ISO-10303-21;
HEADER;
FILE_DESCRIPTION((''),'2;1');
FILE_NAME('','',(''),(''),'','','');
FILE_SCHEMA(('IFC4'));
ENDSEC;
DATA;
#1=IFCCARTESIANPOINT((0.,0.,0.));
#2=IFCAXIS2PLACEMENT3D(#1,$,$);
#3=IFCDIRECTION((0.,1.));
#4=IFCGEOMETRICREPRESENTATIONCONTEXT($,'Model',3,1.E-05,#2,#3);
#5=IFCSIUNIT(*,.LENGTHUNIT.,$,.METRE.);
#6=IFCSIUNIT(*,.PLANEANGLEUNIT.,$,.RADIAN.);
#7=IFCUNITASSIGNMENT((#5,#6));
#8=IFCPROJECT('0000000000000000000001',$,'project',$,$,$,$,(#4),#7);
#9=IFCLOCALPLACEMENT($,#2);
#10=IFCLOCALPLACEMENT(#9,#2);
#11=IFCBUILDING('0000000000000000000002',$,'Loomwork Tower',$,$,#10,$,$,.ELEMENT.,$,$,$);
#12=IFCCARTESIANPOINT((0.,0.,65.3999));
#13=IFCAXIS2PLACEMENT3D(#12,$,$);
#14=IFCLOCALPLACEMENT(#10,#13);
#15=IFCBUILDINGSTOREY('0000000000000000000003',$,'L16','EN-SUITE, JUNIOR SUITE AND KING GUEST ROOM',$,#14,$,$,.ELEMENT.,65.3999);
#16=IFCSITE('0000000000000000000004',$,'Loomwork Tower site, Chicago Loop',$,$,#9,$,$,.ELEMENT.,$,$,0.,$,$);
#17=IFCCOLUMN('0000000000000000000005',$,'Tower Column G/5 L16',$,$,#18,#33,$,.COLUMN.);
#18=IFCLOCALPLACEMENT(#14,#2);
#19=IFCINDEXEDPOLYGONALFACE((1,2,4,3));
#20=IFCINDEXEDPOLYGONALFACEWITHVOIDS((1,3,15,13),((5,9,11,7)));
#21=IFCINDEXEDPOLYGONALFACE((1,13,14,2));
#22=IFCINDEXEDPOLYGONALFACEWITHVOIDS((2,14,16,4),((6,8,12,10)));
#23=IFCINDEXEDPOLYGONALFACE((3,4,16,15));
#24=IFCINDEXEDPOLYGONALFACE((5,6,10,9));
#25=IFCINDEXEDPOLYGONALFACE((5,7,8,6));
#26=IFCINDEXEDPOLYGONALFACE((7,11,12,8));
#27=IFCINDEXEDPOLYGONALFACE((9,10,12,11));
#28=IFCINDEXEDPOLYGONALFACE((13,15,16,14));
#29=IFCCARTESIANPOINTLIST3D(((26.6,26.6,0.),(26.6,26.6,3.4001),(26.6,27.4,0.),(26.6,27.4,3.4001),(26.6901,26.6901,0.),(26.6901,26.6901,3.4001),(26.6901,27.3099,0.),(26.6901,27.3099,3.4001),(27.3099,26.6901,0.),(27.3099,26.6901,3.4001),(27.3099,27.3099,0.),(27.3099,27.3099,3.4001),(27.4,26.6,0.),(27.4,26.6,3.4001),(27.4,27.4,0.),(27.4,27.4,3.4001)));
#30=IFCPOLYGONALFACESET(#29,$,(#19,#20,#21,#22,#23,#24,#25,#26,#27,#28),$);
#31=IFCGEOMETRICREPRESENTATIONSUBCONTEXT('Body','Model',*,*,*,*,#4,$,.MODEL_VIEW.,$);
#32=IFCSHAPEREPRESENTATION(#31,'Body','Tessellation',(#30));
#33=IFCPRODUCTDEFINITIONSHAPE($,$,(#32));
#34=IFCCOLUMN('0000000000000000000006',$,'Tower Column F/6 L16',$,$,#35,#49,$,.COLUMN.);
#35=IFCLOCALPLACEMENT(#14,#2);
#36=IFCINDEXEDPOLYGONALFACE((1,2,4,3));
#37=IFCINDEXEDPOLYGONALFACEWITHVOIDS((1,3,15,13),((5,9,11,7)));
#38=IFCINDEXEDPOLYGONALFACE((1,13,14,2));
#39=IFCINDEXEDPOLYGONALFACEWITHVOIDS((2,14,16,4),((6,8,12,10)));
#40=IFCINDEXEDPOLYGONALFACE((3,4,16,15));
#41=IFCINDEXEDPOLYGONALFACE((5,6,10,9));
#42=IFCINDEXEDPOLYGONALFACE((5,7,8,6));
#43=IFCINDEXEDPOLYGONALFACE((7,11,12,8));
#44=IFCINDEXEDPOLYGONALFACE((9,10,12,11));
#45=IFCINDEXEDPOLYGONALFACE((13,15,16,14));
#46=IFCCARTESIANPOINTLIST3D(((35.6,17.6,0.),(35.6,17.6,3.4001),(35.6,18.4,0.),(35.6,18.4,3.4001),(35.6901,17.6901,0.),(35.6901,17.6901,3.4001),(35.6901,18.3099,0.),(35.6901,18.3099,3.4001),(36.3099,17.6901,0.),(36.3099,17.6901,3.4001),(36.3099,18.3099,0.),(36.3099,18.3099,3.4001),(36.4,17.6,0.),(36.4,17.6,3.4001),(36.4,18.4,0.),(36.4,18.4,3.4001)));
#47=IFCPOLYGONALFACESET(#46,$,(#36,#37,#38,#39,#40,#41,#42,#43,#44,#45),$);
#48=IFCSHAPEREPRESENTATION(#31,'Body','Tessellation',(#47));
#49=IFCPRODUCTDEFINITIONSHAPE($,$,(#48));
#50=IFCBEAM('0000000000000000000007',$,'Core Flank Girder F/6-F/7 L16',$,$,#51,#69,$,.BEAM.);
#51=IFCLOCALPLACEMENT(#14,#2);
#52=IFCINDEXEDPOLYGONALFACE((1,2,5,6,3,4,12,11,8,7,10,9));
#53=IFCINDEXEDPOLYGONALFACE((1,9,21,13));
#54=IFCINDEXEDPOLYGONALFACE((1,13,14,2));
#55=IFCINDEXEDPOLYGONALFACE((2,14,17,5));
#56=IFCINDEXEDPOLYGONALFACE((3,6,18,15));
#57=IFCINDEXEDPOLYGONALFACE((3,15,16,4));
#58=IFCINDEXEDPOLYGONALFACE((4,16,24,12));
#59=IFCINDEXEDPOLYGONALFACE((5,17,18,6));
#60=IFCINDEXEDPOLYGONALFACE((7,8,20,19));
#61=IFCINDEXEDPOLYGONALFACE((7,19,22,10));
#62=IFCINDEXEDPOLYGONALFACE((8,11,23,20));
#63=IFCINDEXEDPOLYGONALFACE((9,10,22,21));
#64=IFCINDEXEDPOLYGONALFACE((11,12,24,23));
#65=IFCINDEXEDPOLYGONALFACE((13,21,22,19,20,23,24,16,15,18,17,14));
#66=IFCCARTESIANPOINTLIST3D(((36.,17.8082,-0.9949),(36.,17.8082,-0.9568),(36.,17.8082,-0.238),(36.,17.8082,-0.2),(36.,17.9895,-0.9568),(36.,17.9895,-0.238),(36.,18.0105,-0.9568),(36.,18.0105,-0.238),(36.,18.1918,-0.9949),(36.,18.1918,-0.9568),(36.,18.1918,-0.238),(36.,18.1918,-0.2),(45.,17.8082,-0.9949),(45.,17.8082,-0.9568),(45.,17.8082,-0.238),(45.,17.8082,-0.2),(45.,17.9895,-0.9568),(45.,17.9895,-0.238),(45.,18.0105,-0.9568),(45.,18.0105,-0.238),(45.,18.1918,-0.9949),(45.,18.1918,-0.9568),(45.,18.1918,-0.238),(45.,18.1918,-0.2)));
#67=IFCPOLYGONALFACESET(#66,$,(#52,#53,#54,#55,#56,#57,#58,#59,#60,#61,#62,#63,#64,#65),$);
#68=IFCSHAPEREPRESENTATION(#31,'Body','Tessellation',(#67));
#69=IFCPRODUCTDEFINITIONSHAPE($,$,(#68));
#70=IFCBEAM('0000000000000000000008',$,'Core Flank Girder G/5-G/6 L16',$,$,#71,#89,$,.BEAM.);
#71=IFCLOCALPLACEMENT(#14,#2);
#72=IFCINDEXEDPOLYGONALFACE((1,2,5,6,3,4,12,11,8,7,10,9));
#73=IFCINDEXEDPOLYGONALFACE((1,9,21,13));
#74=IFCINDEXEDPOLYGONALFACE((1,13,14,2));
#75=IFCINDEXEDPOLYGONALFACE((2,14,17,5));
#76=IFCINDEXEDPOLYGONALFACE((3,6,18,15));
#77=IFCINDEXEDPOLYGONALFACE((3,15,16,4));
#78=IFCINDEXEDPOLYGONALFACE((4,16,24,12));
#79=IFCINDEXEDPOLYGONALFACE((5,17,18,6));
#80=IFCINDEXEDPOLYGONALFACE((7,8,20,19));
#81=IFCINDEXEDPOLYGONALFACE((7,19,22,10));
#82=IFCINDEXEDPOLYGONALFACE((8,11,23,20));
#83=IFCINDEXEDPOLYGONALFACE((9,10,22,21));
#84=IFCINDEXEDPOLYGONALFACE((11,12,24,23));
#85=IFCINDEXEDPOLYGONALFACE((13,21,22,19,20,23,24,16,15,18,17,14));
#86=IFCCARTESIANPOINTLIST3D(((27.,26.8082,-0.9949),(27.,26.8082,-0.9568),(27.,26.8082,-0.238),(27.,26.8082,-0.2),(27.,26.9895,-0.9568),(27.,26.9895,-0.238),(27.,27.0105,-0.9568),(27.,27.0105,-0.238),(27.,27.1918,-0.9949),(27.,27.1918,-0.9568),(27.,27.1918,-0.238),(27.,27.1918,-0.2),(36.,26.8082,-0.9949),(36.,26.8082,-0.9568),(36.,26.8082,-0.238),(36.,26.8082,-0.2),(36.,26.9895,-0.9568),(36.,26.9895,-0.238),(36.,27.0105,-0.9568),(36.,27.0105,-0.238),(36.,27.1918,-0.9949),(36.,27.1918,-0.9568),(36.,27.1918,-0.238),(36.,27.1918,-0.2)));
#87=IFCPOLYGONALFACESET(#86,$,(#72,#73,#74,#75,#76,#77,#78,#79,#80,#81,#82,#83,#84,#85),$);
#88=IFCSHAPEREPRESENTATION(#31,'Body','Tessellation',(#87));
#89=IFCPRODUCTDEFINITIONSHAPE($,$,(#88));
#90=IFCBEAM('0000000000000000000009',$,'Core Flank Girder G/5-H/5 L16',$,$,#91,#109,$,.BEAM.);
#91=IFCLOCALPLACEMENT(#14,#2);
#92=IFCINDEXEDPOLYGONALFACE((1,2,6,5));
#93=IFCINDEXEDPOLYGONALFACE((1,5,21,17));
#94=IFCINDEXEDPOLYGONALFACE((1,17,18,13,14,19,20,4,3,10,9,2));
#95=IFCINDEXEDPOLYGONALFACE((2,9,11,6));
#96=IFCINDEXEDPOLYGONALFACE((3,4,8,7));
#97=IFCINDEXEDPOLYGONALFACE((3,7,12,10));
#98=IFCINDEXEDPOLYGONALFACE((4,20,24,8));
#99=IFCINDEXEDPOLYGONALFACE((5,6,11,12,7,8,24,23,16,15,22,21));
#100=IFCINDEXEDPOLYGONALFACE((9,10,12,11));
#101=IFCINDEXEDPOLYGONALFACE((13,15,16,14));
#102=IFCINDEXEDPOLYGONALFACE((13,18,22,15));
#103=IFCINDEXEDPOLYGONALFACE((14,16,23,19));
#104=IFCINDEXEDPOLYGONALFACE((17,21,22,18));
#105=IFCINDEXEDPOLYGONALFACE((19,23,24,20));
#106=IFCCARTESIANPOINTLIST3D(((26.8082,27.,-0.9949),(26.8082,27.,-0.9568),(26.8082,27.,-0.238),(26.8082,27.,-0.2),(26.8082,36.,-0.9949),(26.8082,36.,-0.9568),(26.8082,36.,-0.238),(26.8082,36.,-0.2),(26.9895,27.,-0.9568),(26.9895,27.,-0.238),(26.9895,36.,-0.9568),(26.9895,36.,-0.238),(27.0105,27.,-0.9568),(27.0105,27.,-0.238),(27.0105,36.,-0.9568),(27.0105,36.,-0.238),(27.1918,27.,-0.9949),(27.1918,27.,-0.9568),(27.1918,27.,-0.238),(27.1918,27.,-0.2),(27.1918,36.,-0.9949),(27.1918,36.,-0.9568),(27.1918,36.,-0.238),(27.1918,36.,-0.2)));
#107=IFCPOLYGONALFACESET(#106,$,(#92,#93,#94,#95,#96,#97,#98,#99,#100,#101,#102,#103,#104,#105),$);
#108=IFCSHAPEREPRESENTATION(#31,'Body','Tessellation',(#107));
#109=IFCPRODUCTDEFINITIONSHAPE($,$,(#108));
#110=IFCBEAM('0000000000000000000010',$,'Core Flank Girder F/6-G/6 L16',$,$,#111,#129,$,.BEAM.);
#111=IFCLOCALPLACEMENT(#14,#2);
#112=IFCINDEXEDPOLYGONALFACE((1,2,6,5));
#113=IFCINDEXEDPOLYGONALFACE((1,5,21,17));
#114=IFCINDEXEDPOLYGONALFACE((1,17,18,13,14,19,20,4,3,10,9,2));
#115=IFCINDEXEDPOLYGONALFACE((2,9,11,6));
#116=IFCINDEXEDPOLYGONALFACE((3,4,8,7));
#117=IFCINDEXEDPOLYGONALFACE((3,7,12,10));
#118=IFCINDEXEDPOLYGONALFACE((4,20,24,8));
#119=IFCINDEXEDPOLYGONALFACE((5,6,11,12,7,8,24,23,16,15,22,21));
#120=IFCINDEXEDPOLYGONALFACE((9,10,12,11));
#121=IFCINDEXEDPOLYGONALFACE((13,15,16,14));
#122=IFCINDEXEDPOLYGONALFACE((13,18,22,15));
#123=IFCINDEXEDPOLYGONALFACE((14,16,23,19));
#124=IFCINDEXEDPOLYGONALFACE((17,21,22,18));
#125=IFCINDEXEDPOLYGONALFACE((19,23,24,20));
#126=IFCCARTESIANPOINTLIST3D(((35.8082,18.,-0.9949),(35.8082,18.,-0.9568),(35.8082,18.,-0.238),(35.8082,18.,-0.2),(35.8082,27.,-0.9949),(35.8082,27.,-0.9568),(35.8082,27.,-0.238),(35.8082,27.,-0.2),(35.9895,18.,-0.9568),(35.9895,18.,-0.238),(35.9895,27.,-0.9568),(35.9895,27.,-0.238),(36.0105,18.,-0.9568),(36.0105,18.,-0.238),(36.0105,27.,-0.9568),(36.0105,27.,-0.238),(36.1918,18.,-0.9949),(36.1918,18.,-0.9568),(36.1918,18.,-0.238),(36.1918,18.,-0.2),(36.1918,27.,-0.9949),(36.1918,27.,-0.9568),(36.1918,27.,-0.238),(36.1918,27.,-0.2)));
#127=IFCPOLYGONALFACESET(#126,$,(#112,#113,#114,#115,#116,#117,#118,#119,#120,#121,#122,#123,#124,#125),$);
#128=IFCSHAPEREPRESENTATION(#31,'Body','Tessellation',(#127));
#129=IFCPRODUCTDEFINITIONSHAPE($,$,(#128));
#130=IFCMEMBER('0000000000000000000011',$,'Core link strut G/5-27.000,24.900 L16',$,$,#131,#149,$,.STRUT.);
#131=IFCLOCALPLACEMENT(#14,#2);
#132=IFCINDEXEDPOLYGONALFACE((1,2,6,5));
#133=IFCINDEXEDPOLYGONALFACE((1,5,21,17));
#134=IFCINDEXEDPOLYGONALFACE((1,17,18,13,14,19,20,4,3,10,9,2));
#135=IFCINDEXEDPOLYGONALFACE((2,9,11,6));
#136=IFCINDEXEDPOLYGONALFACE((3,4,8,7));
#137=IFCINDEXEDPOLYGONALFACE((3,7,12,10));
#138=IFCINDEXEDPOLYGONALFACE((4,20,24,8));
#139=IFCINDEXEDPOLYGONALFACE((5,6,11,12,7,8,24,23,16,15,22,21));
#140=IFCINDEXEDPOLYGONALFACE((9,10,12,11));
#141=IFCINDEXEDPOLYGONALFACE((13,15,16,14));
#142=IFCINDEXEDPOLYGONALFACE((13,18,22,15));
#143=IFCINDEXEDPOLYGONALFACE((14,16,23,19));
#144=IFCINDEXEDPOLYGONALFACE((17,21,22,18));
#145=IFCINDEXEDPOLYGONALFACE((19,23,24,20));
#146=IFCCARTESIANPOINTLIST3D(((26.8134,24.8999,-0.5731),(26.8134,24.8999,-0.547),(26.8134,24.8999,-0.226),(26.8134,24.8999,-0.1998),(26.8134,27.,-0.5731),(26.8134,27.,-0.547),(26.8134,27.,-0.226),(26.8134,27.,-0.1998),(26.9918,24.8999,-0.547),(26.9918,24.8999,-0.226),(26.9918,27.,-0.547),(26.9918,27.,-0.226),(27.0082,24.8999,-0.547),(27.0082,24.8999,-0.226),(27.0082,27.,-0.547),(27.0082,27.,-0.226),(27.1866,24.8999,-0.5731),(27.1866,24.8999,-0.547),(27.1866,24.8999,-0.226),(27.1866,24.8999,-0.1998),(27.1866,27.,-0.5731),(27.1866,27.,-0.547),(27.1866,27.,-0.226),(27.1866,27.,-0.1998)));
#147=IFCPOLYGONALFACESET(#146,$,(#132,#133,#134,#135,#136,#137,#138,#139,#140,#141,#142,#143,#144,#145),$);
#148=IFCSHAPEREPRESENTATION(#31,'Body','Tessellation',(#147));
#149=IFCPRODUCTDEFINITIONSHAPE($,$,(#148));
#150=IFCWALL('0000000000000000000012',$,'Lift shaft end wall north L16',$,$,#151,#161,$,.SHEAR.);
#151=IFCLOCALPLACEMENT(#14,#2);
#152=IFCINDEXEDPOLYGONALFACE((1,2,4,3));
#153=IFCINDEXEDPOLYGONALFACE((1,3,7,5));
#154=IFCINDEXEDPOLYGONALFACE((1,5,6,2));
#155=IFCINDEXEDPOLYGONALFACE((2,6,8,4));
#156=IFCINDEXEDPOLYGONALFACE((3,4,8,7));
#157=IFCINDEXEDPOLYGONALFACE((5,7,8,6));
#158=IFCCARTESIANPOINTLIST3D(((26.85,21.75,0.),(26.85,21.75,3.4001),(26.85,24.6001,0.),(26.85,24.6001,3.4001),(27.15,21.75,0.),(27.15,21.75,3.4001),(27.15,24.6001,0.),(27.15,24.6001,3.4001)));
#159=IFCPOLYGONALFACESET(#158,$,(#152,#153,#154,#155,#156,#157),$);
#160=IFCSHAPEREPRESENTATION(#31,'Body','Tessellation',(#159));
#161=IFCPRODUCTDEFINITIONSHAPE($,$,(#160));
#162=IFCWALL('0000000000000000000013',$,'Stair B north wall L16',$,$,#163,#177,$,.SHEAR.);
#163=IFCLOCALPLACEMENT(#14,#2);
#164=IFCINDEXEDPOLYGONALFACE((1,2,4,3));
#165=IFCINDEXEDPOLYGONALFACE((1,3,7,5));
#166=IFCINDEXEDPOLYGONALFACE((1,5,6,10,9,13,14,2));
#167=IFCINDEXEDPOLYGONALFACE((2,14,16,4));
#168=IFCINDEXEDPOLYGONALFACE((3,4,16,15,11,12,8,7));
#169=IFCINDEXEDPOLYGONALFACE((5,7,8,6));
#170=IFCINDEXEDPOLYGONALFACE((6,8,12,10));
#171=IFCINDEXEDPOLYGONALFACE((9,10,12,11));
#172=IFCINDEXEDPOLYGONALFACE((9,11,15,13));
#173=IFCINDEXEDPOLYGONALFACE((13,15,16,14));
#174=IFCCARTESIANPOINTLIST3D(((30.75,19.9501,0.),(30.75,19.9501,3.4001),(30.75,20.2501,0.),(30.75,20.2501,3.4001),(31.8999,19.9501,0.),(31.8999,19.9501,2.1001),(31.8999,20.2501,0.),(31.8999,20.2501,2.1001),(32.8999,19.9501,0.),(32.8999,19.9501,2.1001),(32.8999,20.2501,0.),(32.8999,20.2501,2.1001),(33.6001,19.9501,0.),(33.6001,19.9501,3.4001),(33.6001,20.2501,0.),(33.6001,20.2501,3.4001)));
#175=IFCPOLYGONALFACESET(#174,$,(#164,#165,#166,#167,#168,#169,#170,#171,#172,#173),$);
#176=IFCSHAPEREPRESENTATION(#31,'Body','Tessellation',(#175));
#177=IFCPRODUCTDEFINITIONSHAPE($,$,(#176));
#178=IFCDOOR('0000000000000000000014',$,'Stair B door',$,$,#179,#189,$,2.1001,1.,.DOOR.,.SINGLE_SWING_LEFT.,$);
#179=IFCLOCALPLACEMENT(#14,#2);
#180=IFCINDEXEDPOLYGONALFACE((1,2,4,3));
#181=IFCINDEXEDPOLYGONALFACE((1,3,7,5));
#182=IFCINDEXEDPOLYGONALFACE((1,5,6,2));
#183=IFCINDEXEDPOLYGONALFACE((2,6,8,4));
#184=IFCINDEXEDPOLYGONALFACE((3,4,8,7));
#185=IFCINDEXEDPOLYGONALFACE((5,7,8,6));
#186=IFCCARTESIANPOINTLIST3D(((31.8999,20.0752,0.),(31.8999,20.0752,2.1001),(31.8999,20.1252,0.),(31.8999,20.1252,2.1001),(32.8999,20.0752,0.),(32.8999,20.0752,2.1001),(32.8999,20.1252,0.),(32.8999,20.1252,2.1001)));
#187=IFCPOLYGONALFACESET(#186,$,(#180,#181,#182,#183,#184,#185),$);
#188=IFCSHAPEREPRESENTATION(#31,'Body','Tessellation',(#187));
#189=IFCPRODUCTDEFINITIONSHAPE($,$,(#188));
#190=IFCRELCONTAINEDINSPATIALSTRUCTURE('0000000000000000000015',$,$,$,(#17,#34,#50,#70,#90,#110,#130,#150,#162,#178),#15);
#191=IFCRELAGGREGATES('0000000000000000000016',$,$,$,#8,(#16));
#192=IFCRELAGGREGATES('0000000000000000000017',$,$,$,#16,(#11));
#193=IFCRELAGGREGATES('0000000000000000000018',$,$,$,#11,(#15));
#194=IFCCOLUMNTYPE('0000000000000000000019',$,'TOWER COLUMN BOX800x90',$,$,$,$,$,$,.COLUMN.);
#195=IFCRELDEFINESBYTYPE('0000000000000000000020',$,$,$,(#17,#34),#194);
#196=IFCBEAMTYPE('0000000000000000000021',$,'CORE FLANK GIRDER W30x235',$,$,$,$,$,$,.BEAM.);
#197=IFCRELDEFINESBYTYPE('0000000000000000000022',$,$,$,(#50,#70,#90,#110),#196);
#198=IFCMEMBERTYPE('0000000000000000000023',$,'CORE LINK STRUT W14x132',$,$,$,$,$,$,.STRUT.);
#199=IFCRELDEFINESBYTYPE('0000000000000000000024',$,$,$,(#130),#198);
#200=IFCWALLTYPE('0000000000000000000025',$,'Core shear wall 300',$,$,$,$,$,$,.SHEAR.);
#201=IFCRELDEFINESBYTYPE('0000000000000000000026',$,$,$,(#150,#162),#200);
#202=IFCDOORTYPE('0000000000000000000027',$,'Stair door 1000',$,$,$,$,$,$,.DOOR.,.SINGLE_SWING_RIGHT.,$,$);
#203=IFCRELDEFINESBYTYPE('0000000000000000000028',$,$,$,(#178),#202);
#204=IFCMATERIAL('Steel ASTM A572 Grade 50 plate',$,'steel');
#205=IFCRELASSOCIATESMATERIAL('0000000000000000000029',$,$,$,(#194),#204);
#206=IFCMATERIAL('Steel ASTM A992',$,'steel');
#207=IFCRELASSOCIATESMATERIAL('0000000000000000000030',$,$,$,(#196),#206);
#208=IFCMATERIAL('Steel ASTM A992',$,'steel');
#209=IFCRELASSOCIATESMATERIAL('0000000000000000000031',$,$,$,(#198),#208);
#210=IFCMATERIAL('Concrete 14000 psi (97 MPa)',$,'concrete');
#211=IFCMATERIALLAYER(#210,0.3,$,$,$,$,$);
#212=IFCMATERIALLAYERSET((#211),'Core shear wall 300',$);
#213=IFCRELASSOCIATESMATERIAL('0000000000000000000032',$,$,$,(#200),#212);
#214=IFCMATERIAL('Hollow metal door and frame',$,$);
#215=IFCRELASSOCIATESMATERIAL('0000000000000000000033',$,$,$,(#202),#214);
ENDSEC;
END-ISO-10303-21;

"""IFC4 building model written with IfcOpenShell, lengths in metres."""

from ifc_helpers import new_model, si_unit, direction, frame, frame_2d, origin, origin_2d, place, context, subcontext, project, spatial, rectangle, hollow_rectangle, i_section, extrude, material, layer, layer_set, material_profile, profile_set, type_object, element, fill, save


model = new_model("IFC4")

# Units and contexts
model_context = context("Model", 3, precision=1e-05, world=origin(), true_north=direction((0.0, 1.0)))
body_context = subcontext(model_context, "Body", "Model", "MODEL_VIEW")
ifc_project = project(units=[si_unit("LENGTHUNIT", "METRE"), si_unit("PLANEANGLEUNIT", "RADIAN")], contexts=[model_context])

# Site, building, storey
site_placement = place(None, origin())
site = spatial("IfcSite", under=ifc_project, at=site_placement, Name="Loomwork Tower site, Chicago Loop", CompositionType="ELEMENT", RefElevation=0.0)
building_placement = place(site_placement, origin())
building = spatial("IfcBuilding", under=site, at=building_placement, Name="Loomwork Tower", CompositionType="ELEMENT")
storey_placement = place(building_placement, frame((0.0, 0.0, 65.3999)))
storey = spatial("IfcBuildingStorey", under=building, at=storey_placement, Name="L16", Description="EN-SUITE, JUNIOR SUITE AND KING GUEST ROOM", CompositionType="ELEMENT", Elevation=65.3999)

# Columns
ifc_material_1 = material(Name="Steel ASTM A572 Grade 50 plate", Category="steel")
ifc_material_profile_1 = material_profile(ifc_material_1, hollow_rectangle(XDim=0.8, YDim=0.8, WallThickness=0.0901, at=origin_2d()), Name="BOX800x90")
ifc_profile_set_1 = profile_set([ifc_material_profile_1], Name="Steel ASTM A572 Grade 50 plate")
column_type = type_object("IfcColumnType", Name="TOWER COLUMN BOX800x90", PredefinedType="COLUMN", material=ifc_profile_set_1)
for number, where, z_axis, x_axis, name in (
    (1, (27.0, 27.0, 0.0), (0.0, 0.0, 1.0), (1.0, 0.0, 0.0), "Tower Column G/5 L16"),
    (2, (36.0, 18.0, 0.0), (0.0, 0.0, 1.0), (0.0, 1.0, 0.0), "Tower Column F/6 L16"),
):
    element("IfcColumn", number, at=place(storey_placement, frame(where, z_axis=z_axis, x_axis=x_axis)), inside=storey, type_object=column_type, Name=name, PredefinedType="COLUMN", context=body_context, shape_type="SweptSolid", body=[
        extrude(hollow_rectangle(XDim=0.8, YDim=0.8, WallThickness=0.0901, at=origin_2d()), origin(), (0.0, 0.0, 1.0), 3.4001),
    ])

# Beams
ifc_material_2 = material(Name="Steel ASTM A992", Category="steel")
ifc_material_profile_2 = material_profile(ifc_material_2, i_section(OverallWidth=0.3835, OverallDepth=0.7949, WebThickness=0.021, FlangeThickness=0.0381, at=origin_2d()), Name="W30x235")
ifc_profile_set_2 = profile_set([ifc_material_profile_2], Name="Steel ASTM A992")
beam_type = type_object("IfcBeamType", Name="CORE FLANK GIRDER W30x235", PredefinedType="BEAM", material=ifc_profile_set_2)
for number, where, z_axis, x_axis, name in (
    (3, (36.0, 18.0, -0.5974), (1.0, 0.0, 0.0), (0.0, 1.0, 0.0), "Core Flank Girder F/6-F/7 L16"),
    (4, (27.0, 27.0, -0.5974), (1.0, 0.0, 0.0), (0.0, 1.0, 0.0), "Core Flank Girder G/5-G/6 L16"),
    (5, (27.0, 27.0, -0.5974), (0.0, 1.0, 0.0), (-1.0, 0.0, 0.0), "Core Flank Girder G/5-H/5 L16"),
    (6, (36.0, 18.0, -0.5974), (0.0, 1.0, 0.0), (-1.0, 0.0, 0.0), "Core Flank Girder F/6-G/6 L16"),
):
    element("IfcBeam", number, at=place(storey_placement, frame(where, z_axis=z_axis, x_axis=x_axis)), inside=storey, type_object=beam_type, Name=name, PredefinedType="BEAM", context=body_context, shape_type="SweptSolid", body=[
        extrude(i_section(OverallWidth=0.3835, OverallDepth=0.7949, WebThickness=0.021, FlangeThickness=0.0381, at=origin_2d()), origin(), (0.0, 0.0, 1.0), 9.0),
    ])

# Member
ifc_material_3 = material(Name="Steel ASTM A992", Category="steel")
ifc_material_profile_3 = material_profile(ifc_material_3, i_section(OverallWidth=0.3733, OverallDepth=0.3733, WebThickness=0.0164, FlangeThickness=0.0261, at=origin_2d()), Name="W14x132")
ifc_profile_set_3 = profile_set([ifc_material_profile_3], Name="Steel ASTM A992")
member_type = type_object("IfcMemberType", Name="CORE LINK STRUT W14x132", PredefinedType="STRUT", material=ifc_profile_set_3)
member_placement = place(storey_placement, frame((27.0, 27.0, -0.3865), z_axis=(0.0, -1.0, 0.0), x_axis=(1.0, 0.0, 0.0)))
element("IfcMember", 7, at=member_placement, inside=storey, type_object=member_type, Name="Core link strut G/5-27.000,24.900 L16", PredefinedType="STRUT", context=body_context, shape_type="SweptSolid", body=[
    extrude(i_section(OverallWidth=0.3733, OverallDepth=0.3733, WebThickness=0.0164, FlangeThickness=0.0261, at=origin_2d()), origin(), (0.0, 0.0, 1.0), 2.1001),
])

# Wall
ifc_material_4 = material(Name="Concrete 14000 psi (97 MPa)", Category="concrete")
ifc_layer_1 = layer(ifc_material_4, 0.3)
ifc_layer_set_1 = layer_set([ifc_layer_1], Name="Core shear wall 300")
wall_type_1 = type_object("IfcWallType", Name="Core shear wall 300", PredefinedType="SHEAR", material=ifc_layer_set_1)
wall_1_placement = place(storey_placement, frame((27.0, 21.75, 0.0), z_axis=(0.0, 0.0, 1.0), x_axis=(0.0, 1.0, 0.0)))
element("IfcWall", 8, at=wall_1_placement, inside=storey, type_object=wall_type_1, Name="Lift shaft end wall north L16", PredefinedType="SHEAR", context=body_context, shape_type="SweptSolid", body=[
    extrude(rectangle(XDim=2.8501, YDim=0.3, at=frame_2d((1.425, 0.0))), origin(), (0.0, 0.0, 1.0), 3.4001),
])

# Wall, opening, door
wall_2_placement = place(storey_placement, frame((30.75, 20.1001, 0.0), z_axis=(0.0, 0.0, 1.0), x_axis=(1.0, 0.0, 0.0)))
wall_2 = element("IfcWall", 9, at=wall_2_placement, inside=storey, type_object=wall_type_1, Name="Stair B north wall L16", PredefinedType="SHEAR", context=body_context, shape_type="SweptSolid", body=[
    extrude(rectangle(XDim=2.8501, YDim=0.3, at=frame_2d((1.425, 0.0))), origin(), (0.0, 0.0, 1.0), 3.4001),
])
opening_1_placement = place(wall_2_placement, frame((1.1499, 0.0, 0.0)))
opening_1 = element("IfcOpeningElement", 10, at=opening_1_placement, cuts=wall_2, PredefinedType="OPENING", context=body_context, shape_type="SweptSolid", body=[
    extrude(rectangle(XDim=1.0, YDim=2.1001, at=frame_2d((0.5, 1.05))), frame((0.0, 0.1599, 0.0), z_axis=(0.0, -1.0, 0.0), x_axis=(1.0, 0.0, 0.0)), (0.0, 0.0, 1.0), 0.3201),
])
ifc_material_5 = material(Name="Hollow metal door and frame")
door_type_1 = type_object("IfcDoorType", Name="Stair door 1000", OperationType="SINGLE_SWING_RIGHT", PredefinedType="DOOR", material=ifc_material_5)
door_1_placement = place(opening_1_placement, frame((1.0, 0.0, 0.0), z_axis=(0.0, 0.0, 1.0), x_axis=(-1.0, 0.0, 0.0)))
door_1 = element("IfcDoor", 11, at=door_1_placement, inside=storey, type_object=door_type_1, Name="Stair B door", OperationType="SINGLE_SWING_LEFT", OverallHeight=2.1001, OverallWidth=1.0, PredefinedType="DOOR", context=body_context, shape_type="SweptSolid", body=[
    extrude(rectangle(XDim=1.0, YDim=2.1001, at=frame_2d((0.5, 1.05))), frame((0.0, 0.0249, 0.0), z_axis=(0.0, -1.0, 0.0), x_axis=(1.0, 0.0, 0.0)), (0.0, 0.0, 1.0), 0.05),
])
fill(opening_1, door_1)

save(model, "model.ifc")
